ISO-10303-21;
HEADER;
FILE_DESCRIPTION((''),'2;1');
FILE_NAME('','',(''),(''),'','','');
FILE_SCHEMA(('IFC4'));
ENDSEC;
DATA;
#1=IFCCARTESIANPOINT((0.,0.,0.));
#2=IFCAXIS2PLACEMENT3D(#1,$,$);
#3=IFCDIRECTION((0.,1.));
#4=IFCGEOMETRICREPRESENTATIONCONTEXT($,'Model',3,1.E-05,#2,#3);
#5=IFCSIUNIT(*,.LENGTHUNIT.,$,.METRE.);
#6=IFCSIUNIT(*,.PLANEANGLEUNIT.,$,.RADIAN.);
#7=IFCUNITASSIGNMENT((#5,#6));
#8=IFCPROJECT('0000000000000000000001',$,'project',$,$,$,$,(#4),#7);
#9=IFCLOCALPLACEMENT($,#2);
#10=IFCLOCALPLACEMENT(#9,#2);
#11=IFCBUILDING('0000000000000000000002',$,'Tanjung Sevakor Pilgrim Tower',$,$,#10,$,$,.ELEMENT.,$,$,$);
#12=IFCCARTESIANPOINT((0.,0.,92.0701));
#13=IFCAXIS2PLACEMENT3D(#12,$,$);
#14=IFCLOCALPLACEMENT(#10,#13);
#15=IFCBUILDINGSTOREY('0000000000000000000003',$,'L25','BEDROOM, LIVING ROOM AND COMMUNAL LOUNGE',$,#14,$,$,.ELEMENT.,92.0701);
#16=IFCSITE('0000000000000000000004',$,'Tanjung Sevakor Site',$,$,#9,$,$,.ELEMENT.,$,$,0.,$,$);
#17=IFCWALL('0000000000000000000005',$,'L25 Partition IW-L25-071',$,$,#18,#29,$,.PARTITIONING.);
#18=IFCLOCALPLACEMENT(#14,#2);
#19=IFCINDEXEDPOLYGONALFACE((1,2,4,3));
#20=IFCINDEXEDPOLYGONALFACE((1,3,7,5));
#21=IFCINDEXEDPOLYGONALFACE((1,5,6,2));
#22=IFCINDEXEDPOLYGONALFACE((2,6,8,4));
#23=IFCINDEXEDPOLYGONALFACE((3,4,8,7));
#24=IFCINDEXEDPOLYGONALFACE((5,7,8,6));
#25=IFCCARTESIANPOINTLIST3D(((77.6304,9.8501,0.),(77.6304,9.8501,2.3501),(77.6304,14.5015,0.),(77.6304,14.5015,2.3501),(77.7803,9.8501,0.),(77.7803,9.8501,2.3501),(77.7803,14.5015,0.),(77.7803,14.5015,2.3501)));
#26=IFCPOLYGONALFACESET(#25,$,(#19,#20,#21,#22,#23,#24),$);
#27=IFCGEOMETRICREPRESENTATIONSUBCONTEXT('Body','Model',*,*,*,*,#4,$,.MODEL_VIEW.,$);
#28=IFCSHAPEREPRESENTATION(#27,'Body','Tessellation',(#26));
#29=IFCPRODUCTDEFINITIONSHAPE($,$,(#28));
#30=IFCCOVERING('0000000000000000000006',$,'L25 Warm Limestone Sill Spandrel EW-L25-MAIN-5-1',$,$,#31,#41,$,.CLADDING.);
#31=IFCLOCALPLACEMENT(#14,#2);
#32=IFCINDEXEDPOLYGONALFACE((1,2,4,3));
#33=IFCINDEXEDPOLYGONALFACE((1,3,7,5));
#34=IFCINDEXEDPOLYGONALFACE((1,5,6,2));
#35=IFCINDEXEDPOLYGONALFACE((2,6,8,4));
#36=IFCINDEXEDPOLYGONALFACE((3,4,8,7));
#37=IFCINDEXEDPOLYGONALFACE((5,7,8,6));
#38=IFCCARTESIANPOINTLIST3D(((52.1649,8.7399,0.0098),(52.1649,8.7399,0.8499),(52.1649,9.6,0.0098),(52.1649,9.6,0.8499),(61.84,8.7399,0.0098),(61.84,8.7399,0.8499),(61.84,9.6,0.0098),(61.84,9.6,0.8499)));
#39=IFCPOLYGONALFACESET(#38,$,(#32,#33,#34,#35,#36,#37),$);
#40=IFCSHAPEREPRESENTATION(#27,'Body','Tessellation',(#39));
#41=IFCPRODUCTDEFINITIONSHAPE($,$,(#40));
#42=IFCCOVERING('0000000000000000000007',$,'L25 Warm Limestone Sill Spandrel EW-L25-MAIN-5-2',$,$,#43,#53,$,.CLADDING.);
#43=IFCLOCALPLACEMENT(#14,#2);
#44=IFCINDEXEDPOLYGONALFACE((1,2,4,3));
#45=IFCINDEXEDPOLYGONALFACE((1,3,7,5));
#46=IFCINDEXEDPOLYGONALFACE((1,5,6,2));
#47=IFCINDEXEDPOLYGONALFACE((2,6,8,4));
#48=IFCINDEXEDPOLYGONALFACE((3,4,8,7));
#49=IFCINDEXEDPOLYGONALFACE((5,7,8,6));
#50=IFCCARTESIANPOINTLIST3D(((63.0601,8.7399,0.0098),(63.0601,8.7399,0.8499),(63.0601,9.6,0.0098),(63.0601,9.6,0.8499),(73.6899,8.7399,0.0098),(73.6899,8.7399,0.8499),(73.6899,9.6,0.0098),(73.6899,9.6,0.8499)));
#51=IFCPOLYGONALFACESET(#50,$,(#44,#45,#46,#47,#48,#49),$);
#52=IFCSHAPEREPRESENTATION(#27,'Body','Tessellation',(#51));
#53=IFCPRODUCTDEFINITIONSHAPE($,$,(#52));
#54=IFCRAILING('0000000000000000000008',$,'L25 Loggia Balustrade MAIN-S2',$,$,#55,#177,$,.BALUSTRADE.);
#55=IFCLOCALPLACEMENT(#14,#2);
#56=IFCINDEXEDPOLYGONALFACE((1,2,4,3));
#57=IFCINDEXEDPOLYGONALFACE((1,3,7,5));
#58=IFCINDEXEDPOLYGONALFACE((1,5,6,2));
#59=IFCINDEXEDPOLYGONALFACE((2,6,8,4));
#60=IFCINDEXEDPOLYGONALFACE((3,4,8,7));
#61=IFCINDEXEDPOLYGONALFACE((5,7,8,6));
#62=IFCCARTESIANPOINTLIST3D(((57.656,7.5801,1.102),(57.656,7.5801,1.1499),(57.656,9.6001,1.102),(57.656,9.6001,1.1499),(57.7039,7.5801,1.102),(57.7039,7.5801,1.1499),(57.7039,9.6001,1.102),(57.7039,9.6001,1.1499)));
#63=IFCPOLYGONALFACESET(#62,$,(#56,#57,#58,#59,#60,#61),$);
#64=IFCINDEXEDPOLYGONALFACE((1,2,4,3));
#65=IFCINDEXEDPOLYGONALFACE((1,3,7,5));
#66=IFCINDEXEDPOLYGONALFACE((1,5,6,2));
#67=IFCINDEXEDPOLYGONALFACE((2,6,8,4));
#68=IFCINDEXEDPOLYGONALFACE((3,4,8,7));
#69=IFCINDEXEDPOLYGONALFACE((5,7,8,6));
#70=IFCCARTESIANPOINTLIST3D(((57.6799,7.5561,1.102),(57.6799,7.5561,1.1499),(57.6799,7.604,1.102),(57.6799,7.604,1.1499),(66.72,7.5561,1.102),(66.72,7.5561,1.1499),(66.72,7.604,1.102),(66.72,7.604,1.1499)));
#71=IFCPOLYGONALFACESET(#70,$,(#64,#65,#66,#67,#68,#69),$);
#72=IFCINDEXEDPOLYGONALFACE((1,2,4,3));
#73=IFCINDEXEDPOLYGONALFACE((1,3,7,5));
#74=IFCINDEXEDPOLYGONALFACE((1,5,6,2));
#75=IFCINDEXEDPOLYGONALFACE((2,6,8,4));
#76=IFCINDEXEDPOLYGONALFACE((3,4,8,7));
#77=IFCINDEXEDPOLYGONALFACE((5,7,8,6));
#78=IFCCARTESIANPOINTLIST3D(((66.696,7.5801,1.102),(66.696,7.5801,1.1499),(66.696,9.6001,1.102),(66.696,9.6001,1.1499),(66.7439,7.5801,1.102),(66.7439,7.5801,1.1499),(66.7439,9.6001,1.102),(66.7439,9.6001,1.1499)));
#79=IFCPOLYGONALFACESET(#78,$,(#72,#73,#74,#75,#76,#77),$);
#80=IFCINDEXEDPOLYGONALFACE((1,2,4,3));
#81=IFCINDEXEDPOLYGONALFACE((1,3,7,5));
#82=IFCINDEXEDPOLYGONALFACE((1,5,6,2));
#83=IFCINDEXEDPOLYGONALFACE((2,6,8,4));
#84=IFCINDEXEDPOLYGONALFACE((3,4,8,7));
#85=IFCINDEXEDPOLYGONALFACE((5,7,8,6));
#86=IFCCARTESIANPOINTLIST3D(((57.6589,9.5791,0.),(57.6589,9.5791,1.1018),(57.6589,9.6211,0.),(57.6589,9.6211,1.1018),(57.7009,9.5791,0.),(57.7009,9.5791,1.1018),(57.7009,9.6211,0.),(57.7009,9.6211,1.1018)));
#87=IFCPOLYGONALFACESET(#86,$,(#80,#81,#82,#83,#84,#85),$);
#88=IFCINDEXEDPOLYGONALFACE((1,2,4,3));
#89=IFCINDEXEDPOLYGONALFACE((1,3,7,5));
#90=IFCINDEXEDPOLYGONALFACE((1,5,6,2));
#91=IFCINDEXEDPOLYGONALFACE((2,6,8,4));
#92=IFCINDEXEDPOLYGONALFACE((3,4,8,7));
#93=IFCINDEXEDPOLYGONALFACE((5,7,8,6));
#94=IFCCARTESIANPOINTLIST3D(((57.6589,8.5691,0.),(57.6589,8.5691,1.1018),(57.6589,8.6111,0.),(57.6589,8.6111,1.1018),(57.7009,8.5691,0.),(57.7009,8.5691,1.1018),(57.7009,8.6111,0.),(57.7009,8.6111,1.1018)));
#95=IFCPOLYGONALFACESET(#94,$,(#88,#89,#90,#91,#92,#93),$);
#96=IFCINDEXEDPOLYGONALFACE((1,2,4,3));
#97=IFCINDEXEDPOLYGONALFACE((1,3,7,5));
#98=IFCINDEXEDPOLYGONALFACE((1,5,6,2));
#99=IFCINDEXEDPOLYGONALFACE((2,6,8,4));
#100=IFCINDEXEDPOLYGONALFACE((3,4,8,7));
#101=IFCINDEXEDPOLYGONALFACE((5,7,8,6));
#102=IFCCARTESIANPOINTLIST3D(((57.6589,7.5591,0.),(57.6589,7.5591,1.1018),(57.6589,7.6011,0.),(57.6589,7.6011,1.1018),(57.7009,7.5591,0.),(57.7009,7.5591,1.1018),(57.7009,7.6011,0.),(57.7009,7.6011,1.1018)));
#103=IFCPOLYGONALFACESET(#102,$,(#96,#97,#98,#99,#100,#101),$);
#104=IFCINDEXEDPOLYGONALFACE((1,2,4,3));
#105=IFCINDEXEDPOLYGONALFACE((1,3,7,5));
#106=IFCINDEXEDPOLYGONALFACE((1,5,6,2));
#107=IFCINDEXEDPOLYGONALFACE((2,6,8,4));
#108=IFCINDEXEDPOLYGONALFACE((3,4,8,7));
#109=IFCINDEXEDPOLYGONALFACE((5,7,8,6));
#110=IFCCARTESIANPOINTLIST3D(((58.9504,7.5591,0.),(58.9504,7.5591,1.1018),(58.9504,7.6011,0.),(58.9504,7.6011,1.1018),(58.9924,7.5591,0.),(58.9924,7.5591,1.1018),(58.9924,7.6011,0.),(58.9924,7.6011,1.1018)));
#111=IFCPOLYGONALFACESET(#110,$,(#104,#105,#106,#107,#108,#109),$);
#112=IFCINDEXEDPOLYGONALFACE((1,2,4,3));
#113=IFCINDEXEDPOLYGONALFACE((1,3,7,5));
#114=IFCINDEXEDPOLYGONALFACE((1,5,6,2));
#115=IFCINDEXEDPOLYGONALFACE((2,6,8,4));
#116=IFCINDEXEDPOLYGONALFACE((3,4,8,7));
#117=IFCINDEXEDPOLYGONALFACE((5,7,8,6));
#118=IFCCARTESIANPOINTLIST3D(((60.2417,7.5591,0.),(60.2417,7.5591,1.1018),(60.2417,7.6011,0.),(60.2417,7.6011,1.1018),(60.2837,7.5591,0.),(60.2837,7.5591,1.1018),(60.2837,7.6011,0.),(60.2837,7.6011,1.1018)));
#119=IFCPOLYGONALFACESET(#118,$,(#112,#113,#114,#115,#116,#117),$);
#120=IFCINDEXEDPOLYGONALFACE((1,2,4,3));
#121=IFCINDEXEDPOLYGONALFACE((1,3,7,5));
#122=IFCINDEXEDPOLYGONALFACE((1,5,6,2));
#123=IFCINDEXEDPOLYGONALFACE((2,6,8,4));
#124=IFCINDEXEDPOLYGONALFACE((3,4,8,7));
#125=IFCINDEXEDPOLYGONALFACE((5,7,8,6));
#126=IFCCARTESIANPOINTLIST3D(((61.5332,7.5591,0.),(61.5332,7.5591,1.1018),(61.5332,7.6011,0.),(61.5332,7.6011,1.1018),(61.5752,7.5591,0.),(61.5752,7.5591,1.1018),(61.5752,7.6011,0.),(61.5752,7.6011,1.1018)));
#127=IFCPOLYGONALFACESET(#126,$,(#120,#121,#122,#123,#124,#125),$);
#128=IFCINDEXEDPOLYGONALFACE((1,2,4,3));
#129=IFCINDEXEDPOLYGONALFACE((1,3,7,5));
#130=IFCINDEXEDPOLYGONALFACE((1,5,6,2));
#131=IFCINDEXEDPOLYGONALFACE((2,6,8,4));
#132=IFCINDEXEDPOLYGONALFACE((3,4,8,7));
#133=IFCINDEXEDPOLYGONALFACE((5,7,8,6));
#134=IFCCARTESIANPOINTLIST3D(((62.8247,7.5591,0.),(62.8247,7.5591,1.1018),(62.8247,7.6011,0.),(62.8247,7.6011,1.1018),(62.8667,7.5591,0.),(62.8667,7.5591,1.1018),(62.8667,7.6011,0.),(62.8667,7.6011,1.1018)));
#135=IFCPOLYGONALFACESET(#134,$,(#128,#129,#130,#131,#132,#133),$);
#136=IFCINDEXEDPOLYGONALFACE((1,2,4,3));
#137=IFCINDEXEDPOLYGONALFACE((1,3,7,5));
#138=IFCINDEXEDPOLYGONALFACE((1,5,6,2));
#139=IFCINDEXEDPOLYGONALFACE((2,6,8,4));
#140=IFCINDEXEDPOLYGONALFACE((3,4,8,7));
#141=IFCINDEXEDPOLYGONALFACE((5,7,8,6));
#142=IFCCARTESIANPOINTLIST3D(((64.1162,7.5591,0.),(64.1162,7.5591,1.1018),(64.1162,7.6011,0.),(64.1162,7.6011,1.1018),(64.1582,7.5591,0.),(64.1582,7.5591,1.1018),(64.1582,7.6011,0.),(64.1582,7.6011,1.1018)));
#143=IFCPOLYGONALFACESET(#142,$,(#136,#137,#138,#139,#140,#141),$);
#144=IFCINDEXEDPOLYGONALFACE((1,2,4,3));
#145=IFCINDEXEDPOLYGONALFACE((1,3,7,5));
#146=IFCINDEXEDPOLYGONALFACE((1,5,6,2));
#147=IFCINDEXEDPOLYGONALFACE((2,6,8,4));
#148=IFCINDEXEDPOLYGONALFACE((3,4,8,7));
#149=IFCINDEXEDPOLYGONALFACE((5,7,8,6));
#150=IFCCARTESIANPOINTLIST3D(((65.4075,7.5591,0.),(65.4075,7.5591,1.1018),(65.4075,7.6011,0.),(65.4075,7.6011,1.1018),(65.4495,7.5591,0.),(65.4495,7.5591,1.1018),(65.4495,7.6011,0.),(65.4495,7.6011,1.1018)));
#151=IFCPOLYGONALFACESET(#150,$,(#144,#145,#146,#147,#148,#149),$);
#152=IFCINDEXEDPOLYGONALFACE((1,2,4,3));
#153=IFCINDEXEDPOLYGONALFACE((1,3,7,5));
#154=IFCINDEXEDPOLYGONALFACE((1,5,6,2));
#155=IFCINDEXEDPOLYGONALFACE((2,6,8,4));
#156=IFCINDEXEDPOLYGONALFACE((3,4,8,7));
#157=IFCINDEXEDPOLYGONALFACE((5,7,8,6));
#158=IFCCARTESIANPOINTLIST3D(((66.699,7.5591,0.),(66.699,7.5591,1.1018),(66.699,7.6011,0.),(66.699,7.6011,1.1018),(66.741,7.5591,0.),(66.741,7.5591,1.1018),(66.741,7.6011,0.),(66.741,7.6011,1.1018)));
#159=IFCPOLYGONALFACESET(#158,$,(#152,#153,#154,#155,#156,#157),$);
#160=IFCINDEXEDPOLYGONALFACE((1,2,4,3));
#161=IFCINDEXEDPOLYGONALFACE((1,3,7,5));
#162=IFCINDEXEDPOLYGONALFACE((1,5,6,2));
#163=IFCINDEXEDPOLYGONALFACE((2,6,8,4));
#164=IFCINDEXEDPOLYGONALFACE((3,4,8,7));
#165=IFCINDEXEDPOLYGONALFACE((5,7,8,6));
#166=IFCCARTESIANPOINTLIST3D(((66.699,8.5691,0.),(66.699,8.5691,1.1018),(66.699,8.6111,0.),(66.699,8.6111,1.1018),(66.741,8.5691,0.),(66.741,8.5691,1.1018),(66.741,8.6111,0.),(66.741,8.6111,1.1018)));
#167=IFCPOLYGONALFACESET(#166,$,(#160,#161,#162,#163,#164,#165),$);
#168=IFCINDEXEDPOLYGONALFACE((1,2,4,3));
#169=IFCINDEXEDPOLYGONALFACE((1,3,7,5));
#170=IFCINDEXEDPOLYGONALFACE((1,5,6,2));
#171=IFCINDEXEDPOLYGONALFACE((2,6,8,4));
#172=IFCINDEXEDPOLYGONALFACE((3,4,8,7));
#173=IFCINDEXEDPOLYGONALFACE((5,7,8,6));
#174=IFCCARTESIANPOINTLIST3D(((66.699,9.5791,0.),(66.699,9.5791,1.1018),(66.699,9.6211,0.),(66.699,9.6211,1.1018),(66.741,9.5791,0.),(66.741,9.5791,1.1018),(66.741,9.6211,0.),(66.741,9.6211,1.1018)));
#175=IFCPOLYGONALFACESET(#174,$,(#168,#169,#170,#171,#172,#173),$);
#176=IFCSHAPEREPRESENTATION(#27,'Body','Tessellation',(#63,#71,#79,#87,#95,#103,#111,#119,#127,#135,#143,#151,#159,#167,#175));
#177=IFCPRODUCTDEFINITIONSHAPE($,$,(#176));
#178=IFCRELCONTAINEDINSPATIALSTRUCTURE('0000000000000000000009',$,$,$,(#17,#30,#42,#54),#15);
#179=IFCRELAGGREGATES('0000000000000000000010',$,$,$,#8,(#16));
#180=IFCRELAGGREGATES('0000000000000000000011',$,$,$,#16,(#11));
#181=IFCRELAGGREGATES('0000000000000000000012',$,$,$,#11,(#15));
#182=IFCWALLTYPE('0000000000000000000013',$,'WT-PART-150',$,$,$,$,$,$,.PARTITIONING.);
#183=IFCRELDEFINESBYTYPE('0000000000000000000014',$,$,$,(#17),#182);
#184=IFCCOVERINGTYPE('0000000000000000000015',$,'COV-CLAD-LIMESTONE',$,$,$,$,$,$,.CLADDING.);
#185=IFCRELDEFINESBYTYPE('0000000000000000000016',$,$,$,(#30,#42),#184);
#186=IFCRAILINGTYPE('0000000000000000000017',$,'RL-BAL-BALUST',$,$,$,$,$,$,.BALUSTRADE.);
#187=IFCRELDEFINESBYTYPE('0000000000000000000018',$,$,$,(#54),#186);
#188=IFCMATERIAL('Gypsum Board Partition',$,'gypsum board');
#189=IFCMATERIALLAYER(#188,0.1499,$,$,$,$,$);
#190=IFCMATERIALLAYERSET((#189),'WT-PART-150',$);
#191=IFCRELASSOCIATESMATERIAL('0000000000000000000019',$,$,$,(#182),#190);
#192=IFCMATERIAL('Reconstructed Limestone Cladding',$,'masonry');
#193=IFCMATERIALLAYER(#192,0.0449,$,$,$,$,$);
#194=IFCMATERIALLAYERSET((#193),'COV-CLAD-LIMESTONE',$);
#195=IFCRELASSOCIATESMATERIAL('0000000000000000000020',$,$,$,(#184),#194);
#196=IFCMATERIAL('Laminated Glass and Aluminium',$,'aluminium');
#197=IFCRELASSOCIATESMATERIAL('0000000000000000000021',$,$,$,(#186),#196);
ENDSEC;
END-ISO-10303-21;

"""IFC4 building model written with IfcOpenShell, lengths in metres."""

from ifc_helpers import new_model, si_unit, direction, frame, frame_2d, origin, origin_2d, place, context, subcontext, project, spatial, rectangle, extrude, material, layer, layer_set, type_object, element, save


model = new_model("IFC4")

# Units and contexts
model_context = context("Model", 3, precision=1e-05, world=origin(), true_north=direction((0.0, 1.0)))
body_context = subcontext(model_context, "Body", "Model", "MODEL_VIEW")
ifc_project = project(units=[si_unit("LENGTHUNIT", "METRE"), si_unit("PLANEANGLEUNIT", "RADIAN")], contexts=[model_context])

# Site, building, storey
site_placement = place(None, origin())
site = spatial("IfcSite", under=ifc_project, at=site_placement, Name="Tanjung Sevakor Site", CompositionType="ELEMENT", RefElevation=0.0)
building_placement = place(site_placement, origin())
building = spatial("IfcBuilding", under=site, at=building_placement, Name="Tanjung Sevakor Pilgrim Tower", CompositionType="ELEMENT")
storey_placement = place(building_placement, frame((0.0, 0.0, 92.0701)))
storey = spatial("IfcBuildingStorey", under=building, at=storey_placement, Name="L25", Description="BEDROOM, LIVING ROOM AND COMMUNAL LOUNGE", CompositionType="ELEMENT", Elevation=92.0701)

# Wall
ifc_material_1 = material(Name="Gypsum Board Partition", Category="gypsum board")
ifc_layer_1 = layer(ifc_material_1, 0.1499)
ifc_layer_set_1 = layer_set([ifc_layer_1], Name="WT-PART-150")
wall_type_1 = type_object("IfcWallType", Name="WT-PART-150", PredefinedType="PARTITIONING", material=ifc_layer_set_1)
wall_1_placement = place(storey_placement, frame((77.7053, 9.8501, 0.0), z_axis=(0.0, 0.0, 1.0), x_axis=(0.0, 1.0, 0.0)))
element("IfcWall", 1, at=wall_1_placement, inside=storey, type_object=wall_type_1, Name="L25 Partition IW-L25-071", PredefinedType="PARTITIONING", context=body_context, shape_type="SweptSolid", body=[
    extrude(rectangle(XDim=4.6514, YDim=0.1499, at=frame_2d((2.3257, 0.0))), origin(), (0.0, 0.0, 1.0), 2.3501),
])

# Coverings
ifc_material_2 = material(Name="Reconstructed Limestone Cladding", Category="masonry")
ifc_layer_2 = layer(ifc_material_2, 0.0449)
ifc_layer_set_2 = layer_set([ifc_layer_2], Name="COV-CLAD-LIMESTONE")
covering_type = type_object("IfcCoveringType", Name="COV-CLAD-LIMESTONE", PredefinedType="CLADDING", material=ifc_layer_set_2)
covering_1_placement = place(storey_placement, frame((57.0024, 9.1699, 0.0098), z_axis=(0.0, 0.0, 1.0), x_axis=(1.0, 0.0, 0.0)))
element("IfcCovering", 2, at=covering_1_placement, inside=storey, type_object=covering_type, Name="L25 Warm Limestone Sill Spandrel EW-L25-MAIN-5-1", PredefinedType="CLADDING", context=body_context, shape_type="SweptSolid", body=[
    extrude(rectangle(XDim=9.675, YDim=0.8601, at=origin_2d()), origin(), (0.0, 0.0, 1.0), 0.8401),
])
covering_2_placement = place(storey_placement, frame((68.375, 9.1699, 0.0098), z_axis=(0.0, 0.0, 1.0), x_axis=(1.0, 0.0, 0.0)))
element("IfcCovering", 3, at=covering_2_placement, inside=storey, type_object=covering_type, Name="L25 Warm Limestone Sill Spandrel EW-L25-MAIN-5-2", PredefinedType="CLADDING", context=body_context, shape_type="SweptSolid", body=[
    extrude(rectangle(XDim=10.6299, YDim=0.8601, at=origin_2d()), origin(), (0.0, 0.0, 1.0), 0.8401),
])

# Railing
ifc_material_3 = material(Name="Laminated Glass and Aluminium", Category="aluminium")
railing_type_1 = type_object("IfcRailingType", Name="RL-BAL-BALUST", PredefinedType="BALUSTRADE", material=ifc_material_3)
railing_1_placement = place(storey_placement, frame((57.6799, 9.6001, 0.0)))
element("IfcRailing", 4, at=railing_1_placement, inside=storey, type_object=railing_type_1, Name="L25 Loggia Balustrade MAIN-S2", PredefinedType="BALUSTRADE", context=body_context, shape_type="SweptSolid", body=[
    extrude(rectangle(XDim=0.0479, YDim=0.0479), frame((0.0, 0.0, 1.126), z_axis=(0.0, -1.0, 0.0), x_axis=(1.0, 0.0, 0.0)), (0.0, 0.0, 1.0), 2.02),
    extrude(rectangle(XDim=0.0479, YDim=0.0479), frame((0.0, -2.02, 1.126), z_axis=(1.0, 0.0, 0.0), x_axis=(0.0, 1.0, 0.0)), (0.0, 0.0, 1.0), 9.04),
    extrude(rectangle(XDim=0.0479, YDim=0.0479), frame((9.04, -2.02, 1.126), z_axis=(0.0, 1.0, 0.0), x_axis=(-1.0, 0.0, 0.0)), (0.0, 0.0, 1.0), 2.02),
    extrude(rectangle(XDim=0.042, YDim=0.042), origin(), (0.0, 0.0, 1.0), 1.1018),
    extrude(rectangle(XDim=0.042, YDim=0.042), frame((0.0, -1.01, 0.0)), (0.0, 0.0, 1.0), 1.1018),
    extrude(rectangle(XDim=0.042, YDim=0.042), frame((0.0, -2.02, 0.0)), (0.0, 0.0, 1.0), 1.1018),
    extrude(rectangle(XDim=0.042, YDim=0.042), frame((1.2915, -2.02, 0.0)), (0.0, 0.0, 1.0), 1.1018),
    extrude(rectangle(XDim=0.042, YDim=0.042), frame((2.5828, -2.02, 0.0)), (0.0, 0.0, 1.0), 1.1018),
    extrude(rectangle(XDim=0.042, YDim=0.042), frame((3.8743, -2.02, 0.0)), (0.0, 0.0, 1.0), 1.1018),
    extrude(rectangle(XDim=0.042, YDim=0.042), frame((5.1658, -2.02, 0.0)), (0.0, 0.0, 1.0), 1.1018),
    extrude(rectangle(XDim=0.042, YDim=0.042), frame((6.4573, -2.02, 0.0)), (0.0, 0.0, 1.0), 1.1018),
    extrude(rectangle(XDim=0.042, YDim=0.042), frame((7.7485, -2.02, 0.0)), (0.0, 0.0, 1.0), 1.1018),
    extrude(rectangle(XDim=0.042, YDim=0.042), frame((9.04, -2.02, 0.0)), (0.0, 0.0, 1.0), 1.1018),
    extrude(rectangle(XDim=0.042, YDim=0.042), frame((9.04, -1.01, 0.0)), (0.0, 0.0, 1.0), 1.1018),
    extrude(rectangle(XDim=0.042, YDim=0.042), frame((9.04, 0.0, 0.0)), (0.0, 0.0, 1.0), 1.1018),
])

save(model, "model.ifc")
